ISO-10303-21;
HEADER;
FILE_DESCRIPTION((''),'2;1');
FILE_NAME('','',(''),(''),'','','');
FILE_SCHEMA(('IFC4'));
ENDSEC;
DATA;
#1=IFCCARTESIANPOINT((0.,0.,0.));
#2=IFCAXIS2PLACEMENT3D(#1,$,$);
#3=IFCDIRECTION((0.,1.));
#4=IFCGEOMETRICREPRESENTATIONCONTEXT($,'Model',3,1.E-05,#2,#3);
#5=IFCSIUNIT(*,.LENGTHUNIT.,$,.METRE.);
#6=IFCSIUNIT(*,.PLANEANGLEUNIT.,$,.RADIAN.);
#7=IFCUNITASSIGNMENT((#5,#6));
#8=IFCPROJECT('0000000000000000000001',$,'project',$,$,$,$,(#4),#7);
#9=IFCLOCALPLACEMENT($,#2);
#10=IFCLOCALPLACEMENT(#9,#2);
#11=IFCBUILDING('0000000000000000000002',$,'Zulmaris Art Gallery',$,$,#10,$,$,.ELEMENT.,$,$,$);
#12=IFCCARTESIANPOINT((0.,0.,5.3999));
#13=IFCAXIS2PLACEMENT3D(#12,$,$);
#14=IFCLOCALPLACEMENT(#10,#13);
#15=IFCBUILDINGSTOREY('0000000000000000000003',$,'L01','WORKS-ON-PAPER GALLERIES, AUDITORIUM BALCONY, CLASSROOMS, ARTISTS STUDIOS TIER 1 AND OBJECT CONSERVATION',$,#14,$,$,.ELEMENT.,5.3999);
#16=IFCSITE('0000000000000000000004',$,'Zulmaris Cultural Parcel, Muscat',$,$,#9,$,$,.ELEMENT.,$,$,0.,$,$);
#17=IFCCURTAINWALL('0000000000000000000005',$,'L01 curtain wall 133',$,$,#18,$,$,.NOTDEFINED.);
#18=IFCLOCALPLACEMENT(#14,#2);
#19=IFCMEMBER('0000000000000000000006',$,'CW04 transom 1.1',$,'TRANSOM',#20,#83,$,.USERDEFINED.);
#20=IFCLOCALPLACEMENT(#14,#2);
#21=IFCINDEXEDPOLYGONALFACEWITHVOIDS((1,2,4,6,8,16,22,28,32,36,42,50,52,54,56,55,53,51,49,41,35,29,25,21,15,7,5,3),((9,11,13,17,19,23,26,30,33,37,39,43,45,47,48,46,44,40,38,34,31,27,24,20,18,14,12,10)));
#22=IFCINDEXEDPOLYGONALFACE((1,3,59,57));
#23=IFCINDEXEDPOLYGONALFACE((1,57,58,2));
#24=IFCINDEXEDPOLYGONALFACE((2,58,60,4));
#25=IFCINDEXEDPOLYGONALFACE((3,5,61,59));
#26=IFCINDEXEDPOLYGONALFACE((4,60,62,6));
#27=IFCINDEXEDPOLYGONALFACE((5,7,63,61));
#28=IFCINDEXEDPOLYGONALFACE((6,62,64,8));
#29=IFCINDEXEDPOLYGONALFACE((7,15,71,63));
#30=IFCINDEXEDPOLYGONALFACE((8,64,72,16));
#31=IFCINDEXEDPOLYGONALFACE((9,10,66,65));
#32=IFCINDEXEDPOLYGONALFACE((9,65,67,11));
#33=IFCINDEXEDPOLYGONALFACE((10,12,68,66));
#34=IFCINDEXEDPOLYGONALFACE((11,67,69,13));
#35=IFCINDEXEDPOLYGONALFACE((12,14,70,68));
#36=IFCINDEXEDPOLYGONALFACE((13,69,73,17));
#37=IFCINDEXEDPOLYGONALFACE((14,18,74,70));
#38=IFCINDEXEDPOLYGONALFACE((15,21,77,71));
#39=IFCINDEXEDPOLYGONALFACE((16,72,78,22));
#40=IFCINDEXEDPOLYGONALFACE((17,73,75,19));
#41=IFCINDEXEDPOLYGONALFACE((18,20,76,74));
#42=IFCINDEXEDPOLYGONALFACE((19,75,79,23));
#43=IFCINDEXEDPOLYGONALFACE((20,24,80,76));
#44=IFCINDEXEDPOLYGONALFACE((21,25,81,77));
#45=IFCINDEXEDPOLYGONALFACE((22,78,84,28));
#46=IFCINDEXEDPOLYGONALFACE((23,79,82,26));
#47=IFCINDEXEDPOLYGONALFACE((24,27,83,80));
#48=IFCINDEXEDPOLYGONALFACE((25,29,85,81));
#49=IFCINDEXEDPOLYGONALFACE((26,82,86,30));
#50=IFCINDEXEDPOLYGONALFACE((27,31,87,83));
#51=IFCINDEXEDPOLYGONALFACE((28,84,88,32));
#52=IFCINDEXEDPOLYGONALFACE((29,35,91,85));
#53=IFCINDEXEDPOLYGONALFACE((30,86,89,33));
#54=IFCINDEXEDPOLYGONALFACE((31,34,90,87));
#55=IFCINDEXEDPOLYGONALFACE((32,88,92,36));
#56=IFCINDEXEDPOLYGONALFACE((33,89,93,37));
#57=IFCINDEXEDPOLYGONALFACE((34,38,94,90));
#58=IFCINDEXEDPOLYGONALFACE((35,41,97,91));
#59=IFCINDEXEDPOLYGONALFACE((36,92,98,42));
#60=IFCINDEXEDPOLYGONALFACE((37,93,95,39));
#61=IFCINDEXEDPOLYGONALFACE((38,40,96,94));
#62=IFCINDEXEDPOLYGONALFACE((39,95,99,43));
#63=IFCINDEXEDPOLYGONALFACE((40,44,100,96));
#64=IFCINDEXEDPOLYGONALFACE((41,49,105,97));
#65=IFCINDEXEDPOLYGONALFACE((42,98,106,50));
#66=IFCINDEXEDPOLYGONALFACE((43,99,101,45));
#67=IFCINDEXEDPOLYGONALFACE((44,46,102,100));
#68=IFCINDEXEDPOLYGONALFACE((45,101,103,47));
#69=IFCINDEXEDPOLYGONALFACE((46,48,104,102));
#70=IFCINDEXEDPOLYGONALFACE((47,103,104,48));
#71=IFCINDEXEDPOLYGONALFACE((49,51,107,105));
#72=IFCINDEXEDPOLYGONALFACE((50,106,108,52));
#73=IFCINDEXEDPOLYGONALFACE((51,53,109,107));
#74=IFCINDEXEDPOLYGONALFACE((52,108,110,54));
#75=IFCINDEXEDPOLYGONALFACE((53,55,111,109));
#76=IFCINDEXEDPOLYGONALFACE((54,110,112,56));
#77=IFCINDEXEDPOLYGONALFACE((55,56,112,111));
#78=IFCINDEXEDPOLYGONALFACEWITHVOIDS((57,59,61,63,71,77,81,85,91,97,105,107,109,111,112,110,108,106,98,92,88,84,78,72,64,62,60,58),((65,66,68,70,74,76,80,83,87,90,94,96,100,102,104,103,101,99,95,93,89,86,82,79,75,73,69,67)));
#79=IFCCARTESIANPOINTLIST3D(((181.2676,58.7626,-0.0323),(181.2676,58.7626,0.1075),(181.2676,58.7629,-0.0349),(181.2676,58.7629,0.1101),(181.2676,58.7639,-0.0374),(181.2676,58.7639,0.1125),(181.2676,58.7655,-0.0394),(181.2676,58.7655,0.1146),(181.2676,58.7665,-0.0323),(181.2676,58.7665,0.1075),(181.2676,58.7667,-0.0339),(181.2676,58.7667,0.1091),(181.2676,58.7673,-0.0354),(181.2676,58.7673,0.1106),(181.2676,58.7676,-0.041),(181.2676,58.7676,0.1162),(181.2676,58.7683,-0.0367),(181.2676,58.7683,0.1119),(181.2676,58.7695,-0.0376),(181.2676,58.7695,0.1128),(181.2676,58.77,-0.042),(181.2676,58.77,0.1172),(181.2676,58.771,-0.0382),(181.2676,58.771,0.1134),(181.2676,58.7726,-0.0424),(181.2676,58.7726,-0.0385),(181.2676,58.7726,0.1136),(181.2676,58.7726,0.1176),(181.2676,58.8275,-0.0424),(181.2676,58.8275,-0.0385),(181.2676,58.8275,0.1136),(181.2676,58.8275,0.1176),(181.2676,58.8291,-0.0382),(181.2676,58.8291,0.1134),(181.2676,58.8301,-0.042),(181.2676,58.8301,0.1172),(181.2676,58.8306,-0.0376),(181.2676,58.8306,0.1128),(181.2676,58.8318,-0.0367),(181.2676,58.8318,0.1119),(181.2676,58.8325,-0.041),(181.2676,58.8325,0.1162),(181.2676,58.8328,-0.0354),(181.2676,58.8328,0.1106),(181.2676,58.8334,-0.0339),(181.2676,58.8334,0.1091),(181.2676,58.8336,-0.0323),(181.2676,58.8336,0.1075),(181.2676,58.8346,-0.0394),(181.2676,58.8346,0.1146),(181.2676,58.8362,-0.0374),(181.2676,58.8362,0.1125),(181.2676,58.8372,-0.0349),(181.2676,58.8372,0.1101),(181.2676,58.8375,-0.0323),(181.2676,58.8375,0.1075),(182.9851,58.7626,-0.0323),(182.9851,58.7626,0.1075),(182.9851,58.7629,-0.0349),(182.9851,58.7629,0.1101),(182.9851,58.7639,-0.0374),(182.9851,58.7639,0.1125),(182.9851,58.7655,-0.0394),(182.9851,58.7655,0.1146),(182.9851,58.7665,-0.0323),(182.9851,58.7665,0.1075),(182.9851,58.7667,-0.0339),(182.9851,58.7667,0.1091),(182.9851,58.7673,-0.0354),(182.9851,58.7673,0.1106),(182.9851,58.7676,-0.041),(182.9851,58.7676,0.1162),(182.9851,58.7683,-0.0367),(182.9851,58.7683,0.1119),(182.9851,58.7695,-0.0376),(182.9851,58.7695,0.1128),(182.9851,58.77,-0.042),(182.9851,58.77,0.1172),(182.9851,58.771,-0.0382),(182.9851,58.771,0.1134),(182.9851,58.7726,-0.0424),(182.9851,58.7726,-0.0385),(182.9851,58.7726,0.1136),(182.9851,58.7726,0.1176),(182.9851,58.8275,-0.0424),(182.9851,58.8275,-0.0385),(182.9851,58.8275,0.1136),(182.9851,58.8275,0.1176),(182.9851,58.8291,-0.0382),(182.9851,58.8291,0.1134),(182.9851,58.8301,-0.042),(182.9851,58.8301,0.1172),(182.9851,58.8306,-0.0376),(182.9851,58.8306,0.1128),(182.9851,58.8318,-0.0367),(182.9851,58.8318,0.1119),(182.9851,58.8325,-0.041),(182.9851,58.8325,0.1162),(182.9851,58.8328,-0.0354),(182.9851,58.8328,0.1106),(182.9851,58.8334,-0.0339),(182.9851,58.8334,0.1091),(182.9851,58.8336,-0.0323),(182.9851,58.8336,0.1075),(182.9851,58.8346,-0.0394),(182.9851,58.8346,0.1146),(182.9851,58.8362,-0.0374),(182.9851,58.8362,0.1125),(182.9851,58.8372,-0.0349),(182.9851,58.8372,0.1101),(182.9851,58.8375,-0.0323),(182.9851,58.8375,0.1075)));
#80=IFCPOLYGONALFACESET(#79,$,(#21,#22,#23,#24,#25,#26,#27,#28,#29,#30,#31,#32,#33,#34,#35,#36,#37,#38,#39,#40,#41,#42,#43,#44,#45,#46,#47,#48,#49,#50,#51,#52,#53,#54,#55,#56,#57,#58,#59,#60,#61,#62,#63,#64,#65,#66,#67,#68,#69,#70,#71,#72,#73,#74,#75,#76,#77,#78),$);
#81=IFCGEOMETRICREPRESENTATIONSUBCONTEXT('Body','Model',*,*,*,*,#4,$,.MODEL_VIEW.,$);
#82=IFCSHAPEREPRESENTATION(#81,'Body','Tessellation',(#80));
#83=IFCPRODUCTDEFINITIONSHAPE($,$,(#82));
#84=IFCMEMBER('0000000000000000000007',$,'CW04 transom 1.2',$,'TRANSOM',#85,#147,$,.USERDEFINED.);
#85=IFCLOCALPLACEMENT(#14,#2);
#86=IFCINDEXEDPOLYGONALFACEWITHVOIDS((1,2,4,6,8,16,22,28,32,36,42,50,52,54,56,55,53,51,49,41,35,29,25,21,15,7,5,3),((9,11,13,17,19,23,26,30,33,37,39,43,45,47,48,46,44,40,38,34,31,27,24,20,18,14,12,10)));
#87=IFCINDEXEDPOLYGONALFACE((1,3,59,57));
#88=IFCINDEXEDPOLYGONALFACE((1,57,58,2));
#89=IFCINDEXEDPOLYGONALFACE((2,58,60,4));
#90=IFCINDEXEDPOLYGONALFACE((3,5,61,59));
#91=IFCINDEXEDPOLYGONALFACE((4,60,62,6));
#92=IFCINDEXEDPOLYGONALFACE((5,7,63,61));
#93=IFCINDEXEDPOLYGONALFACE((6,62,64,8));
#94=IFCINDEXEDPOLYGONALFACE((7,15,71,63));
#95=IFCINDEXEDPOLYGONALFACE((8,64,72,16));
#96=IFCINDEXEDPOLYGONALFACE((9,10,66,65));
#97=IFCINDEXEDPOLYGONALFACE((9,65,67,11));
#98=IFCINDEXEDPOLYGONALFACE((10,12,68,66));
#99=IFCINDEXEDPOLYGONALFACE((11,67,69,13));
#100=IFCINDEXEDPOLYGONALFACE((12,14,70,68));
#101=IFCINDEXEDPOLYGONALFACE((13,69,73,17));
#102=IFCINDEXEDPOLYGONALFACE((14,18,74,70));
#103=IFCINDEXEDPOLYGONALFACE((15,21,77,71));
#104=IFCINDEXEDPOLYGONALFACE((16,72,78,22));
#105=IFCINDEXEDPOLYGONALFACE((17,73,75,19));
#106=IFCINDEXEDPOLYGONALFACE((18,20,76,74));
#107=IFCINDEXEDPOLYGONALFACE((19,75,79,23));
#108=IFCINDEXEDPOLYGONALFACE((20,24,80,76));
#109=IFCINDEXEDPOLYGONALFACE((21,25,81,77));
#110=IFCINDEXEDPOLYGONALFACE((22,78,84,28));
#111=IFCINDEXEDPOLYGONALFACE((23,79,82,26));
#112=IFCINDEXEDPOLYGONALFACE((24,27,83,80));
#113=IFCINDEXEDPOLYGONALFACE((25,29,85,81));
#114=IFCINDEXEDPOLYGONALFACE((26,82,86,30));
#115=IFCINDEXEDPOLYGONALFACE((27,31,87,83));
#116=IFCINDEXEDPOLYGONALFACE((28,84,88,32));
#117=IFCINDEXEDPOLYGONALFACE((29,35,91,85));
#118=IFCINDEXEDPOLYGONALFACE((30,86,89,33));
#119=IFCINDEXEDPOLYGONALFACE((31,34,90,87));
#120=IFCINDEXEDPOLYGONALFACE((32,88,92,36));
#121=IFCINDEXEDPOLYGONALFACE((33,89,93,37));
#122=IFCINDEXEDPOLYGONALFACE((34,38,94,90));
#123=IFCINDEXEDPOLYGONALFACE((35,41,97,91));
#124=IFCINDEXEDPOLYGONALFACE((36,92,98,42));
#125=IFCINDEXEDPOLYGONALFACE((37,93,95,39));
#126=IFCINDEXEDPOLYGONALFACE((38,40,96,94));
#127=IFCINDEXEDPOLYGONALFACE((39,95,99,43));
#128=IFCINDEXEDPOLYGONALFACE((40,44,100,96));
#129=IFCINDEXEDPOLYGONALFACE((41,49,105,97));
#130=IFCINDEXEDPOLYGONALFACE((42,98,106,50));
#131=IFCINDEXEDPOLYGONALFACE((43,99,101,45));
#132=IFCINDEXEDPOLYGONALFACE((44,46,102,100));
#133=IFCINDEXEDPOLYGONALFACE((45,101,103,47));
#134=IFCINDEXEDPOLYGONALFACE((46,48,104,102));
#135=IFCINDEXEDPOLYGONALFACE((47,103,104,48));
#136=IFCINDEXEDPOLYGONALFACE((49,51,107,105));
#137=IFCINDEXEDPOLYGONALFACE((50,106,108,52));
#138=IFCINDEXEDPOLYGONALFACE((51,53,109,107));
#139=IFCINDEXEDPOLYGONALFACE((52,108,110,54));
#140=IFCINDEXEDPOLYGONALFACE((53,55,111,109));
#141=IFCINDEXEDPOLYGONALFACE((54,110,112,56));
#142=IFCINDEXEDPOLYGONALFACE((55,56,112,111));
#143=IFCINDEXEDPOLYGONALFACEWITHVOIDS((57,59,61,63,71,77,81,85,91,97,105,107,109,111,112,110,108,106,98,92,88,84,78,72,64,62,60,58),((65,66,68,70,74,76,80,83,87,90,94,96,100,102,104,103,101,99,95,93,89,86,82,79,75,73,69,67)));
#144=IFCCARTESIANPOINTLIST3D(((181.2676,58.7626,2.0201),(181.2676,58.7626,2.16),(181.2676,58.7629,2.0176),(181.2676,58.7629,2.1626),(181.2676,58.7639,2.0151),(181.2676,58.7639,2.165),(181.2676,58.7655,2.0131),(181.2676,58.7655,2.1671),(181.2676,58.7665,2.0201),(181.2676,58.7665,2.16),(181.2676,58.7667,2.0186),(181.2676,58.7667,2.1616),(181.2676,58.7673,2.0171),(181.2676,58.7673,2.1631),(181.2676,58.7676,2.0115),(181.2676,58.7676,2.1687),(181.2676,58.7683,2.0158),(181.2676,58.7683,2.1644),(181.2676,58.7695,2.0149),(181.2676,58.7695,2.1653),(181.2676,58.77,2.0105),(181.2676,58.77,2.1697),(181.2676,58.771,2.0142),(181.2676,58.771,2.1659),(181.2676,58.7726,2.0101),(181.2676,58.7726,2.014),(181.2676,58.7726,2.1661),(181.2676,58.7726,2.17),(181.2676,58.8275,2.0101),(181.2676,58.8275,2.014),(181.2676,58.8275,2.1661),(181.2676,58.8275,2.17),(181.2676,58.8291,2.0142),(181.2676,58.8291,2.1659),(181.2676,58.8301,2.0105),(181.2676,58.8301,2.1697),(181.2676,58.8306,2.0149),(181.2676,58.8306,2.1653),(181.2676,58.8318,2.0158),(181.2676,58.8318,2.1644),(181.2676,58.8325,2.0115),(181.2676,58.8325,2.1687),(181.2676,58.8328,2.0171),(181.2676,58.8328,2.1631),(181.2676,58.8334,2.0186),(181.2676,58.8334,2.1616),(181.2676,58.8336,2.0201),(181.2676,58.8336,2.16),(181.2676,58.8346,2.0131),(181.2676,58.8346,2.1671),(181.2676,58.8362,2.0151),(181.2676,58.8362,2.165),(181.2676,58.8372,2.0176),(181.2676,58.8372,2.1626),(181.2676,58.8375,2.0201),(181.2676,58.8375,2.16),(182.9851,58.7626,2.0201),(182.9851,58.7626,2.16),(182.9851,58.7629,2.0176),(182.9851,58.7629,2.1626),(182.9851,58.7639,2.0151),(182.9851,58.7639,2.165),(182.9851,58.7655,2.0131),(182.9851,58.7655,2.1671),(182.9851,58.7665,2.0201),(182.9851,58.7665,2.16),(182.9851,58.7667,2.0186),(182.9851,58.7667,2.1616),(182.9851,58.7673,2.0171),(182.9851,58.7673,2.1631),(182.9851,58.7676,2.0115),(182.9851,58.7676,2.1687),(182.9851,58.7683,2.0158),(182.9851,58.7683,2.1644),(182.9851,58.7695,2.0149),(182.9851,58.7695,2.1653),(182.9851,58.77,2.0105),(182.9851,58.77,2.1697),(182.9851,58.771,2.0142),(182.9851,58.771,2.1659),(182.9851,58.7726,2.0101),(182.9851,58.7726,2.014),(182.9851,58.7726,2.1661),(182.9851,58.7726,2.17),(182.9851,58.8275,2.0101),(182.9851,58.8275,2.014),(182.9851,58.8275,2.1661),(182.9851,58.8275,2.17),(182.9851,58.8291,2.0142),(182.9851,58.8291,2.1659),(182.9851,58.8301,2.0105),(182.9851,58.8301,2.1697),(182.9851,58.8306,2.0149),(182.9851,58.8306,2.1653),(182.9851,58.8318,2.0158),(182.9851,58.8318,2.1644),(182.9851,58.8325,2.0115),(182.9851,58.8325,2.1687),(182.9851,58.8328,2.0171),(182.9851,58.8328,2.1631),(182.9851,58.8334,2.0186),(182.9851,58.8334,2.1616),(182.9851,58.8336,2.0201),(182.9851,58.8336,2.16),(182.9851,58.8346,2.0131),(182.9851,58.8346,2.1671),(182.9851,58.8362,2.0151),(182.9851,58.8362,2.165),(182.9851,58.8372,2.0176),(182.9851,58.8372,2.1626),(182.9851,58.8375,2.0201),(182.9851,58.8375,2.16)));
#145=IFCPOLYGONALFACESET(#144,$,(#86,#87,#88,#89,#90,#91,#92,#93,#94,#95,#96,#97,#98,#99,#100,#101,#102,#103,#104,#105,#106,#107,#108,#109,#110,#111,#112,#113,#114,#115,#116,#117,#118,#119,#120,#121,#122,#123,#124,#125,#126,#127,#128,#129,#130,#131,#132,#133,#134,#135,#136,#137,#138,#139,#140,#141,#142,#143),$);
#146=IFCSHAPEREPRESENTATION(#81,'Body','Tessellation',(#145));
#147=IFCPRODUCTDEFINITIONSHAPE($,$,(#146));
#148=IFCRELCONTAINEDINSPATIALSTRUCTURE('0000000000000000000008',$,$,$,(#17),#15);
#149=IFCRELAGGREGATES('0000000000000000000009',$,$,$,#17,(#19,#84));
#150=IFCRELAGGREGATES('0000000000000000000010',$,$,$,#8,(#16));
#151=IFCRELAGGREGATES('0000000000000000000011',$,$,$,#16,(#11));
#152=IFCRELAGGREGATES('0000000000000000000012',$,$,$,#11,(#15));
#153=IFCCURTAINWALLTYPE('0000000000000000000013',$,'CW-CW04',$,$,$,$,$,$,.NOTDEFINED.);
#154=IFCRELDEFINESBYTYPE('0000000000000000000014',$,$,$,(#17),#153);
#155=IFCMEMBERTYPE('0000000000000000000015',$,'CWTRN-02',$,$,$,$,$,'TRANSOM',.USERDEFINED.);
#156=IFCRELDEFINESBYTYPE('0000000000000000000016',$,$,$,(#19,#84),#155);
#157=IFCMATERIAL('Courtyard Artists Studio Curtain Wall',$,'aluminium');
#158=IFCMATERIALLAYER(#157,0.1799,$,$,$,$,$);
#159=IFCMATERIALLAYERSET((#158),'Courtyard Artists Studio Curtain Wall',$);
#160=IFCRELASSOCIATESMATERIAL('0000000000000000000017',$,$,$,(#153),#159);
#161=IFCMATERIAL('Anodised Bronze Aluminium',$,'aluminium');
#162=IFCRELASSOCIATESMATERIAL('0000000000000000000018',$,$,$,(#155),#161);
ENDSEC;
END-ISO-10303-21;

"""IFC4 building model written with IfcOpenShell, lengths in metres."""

from ifc_helpers import new_model, si_unit, direction, frame, origin, origin_2d, place, context, subcontext, project, spatial, hollow_rectangle, extrude, material, layer, layer_set, material_profile, profile_set, type_object, element, aggregate, save


model = new_model("IFC4")

# Units and contexts
model_context = context("Model", 3, precision=1e-05, world=origin(), true_north=direction((0.0, 1.0)))
body_context = subcontext(model_context, "Body", "Model", "MODEL_VIEW")
ifc_project = project(units=[si_unit("LENGTHUNIT", "METRE"), si_unit("PLANEANGLEUNIT", "RADIAN")], contexts=[model_context])

# Site, building, storey
site_placement = place(None, origin())
site = spatial("IfcSite", under=ifc_project, at=site_placement, Name="Zulmaris Cultural Parcel, Muscat", CompositionType="ELEMENT", RefElevation=0.0)
building_placement = place(site_placement, origin())
building = spatial("IfcBuilding", under=site, at=building_placement, Name="Zulmaris Art Gallery", CompositionType="ELEMENT")
storey_placement = place(building_placement, frame((0.0, 0.0, 5.3999)))
storey = spatial("IfcBuildingStorey", under=building, at=storey_placement, Name="L01", Description="WORKS-ON-PAPER GALLERIES, AUDITORIUM BALCONY, CLASSROOMS, ARTISTS STUDIOS TIER 1 AND OBJECT CONSERVATION", CompositionType="ELEMENT", Elevation=5.3999)

# Curtain wall, members
ifc_material_1 = material(Name="Courtyard Artists Studio Curtain Wall", Category="aluminium")
ifc_layer_1 = layer(ifc_material_1, 0.1799)
ifc_layer_set_1 = layer_set([ifc_layer_1], Name="Courtyard Artists Studio Curtain Wall")
curtain_wall_type = type_object("IfcCurtainWallType", Name="CW-CW04", PredefinedType="NOTDEFINED", material=ifc_layer_set_1)
curtain_wall_placement = place(storey_placement, origin())
curtain_wall = element("IfcCurtainWall", 1, at=curtain_wall_placement, inside=storey, type_object=curtain_wall_type, Name="L01 curtain wall 133", PredefinedType="NOTDEFINED")
ifc_material_2 = material(Name="Anodised Bronze Aluminium", Category="aluminium")
ifc_material_profile_1 = material_profile(ifc_material_2, hollow_rectangle(XDim=0.075, YDim=0.1599, WallThickness=0.0039, InnerFilletRadius=0.0061, OuterFilletRadius=0.01, at=origin_2d()), Name="ALU 75x160x4")
ifc_profile_set_1 = profile_set([ifc_material_profile_1], Name="Anodised Bronze Aluminium")
member_type_1 = type_object("IfcMemberType", Name="CWTRN-02", ElementType="TRANSOM", PredefinedType="USERDEFINED", material=ifc_profile_set_1)
member_1_placement = place(storey_placement, frame((182.9851, 58.8, 0.0376), z_axis=(-1.0, 0.0, 0.0), x_axis=(0.0, -1.0, 0.0)))
member_1 = element("IfcMember", 2, at=member_1_placement, type_object=member_type_1, Name="CW04 transom 1.1", ObjectType="TRANSOM", PredefinedType="USERDEFINED", context=body_context, shape_type="SweptSolid", body=[
    extrude(hollow_rectangle(XDim=0.075, YDim=0.1599, WallThickness=0.0039, InnerFilletRadius=0.0061, OuterFilletRadius=0.01, at=origin_2d()), origin(), (0.0, 0.0, 1.0), 1.7175),
])
member_2_placement = place(storey_placement, frame((182.9851, 58.8, 2.0901), z_axis=(-1.0, 0.0, 0.0), x_axis=(0.0, -1.0, 0.0)))
member_2 = element("IfcMember", 3, at=member_2_placement, type_object=member_type_1, Name="CW04 transom 1.2", ObjectType="TRANSOM", PredefinedType="USERDEFINED", context=body_context, shape_type="SweptSolid", body=[
    extrude(hollow_rectangle(XDim=0.075, YDim=0.1599, WallThickness=0.0039, InnerFilletRadius=0.0061, OuterFilletRadius=0.01, at=origin_2d()), origin(), (0.0, 0.0, 1.0), 1.7175),
])
aggregate(curtain_wall, [member_1, member_2])

save(model, "model.ifc")
